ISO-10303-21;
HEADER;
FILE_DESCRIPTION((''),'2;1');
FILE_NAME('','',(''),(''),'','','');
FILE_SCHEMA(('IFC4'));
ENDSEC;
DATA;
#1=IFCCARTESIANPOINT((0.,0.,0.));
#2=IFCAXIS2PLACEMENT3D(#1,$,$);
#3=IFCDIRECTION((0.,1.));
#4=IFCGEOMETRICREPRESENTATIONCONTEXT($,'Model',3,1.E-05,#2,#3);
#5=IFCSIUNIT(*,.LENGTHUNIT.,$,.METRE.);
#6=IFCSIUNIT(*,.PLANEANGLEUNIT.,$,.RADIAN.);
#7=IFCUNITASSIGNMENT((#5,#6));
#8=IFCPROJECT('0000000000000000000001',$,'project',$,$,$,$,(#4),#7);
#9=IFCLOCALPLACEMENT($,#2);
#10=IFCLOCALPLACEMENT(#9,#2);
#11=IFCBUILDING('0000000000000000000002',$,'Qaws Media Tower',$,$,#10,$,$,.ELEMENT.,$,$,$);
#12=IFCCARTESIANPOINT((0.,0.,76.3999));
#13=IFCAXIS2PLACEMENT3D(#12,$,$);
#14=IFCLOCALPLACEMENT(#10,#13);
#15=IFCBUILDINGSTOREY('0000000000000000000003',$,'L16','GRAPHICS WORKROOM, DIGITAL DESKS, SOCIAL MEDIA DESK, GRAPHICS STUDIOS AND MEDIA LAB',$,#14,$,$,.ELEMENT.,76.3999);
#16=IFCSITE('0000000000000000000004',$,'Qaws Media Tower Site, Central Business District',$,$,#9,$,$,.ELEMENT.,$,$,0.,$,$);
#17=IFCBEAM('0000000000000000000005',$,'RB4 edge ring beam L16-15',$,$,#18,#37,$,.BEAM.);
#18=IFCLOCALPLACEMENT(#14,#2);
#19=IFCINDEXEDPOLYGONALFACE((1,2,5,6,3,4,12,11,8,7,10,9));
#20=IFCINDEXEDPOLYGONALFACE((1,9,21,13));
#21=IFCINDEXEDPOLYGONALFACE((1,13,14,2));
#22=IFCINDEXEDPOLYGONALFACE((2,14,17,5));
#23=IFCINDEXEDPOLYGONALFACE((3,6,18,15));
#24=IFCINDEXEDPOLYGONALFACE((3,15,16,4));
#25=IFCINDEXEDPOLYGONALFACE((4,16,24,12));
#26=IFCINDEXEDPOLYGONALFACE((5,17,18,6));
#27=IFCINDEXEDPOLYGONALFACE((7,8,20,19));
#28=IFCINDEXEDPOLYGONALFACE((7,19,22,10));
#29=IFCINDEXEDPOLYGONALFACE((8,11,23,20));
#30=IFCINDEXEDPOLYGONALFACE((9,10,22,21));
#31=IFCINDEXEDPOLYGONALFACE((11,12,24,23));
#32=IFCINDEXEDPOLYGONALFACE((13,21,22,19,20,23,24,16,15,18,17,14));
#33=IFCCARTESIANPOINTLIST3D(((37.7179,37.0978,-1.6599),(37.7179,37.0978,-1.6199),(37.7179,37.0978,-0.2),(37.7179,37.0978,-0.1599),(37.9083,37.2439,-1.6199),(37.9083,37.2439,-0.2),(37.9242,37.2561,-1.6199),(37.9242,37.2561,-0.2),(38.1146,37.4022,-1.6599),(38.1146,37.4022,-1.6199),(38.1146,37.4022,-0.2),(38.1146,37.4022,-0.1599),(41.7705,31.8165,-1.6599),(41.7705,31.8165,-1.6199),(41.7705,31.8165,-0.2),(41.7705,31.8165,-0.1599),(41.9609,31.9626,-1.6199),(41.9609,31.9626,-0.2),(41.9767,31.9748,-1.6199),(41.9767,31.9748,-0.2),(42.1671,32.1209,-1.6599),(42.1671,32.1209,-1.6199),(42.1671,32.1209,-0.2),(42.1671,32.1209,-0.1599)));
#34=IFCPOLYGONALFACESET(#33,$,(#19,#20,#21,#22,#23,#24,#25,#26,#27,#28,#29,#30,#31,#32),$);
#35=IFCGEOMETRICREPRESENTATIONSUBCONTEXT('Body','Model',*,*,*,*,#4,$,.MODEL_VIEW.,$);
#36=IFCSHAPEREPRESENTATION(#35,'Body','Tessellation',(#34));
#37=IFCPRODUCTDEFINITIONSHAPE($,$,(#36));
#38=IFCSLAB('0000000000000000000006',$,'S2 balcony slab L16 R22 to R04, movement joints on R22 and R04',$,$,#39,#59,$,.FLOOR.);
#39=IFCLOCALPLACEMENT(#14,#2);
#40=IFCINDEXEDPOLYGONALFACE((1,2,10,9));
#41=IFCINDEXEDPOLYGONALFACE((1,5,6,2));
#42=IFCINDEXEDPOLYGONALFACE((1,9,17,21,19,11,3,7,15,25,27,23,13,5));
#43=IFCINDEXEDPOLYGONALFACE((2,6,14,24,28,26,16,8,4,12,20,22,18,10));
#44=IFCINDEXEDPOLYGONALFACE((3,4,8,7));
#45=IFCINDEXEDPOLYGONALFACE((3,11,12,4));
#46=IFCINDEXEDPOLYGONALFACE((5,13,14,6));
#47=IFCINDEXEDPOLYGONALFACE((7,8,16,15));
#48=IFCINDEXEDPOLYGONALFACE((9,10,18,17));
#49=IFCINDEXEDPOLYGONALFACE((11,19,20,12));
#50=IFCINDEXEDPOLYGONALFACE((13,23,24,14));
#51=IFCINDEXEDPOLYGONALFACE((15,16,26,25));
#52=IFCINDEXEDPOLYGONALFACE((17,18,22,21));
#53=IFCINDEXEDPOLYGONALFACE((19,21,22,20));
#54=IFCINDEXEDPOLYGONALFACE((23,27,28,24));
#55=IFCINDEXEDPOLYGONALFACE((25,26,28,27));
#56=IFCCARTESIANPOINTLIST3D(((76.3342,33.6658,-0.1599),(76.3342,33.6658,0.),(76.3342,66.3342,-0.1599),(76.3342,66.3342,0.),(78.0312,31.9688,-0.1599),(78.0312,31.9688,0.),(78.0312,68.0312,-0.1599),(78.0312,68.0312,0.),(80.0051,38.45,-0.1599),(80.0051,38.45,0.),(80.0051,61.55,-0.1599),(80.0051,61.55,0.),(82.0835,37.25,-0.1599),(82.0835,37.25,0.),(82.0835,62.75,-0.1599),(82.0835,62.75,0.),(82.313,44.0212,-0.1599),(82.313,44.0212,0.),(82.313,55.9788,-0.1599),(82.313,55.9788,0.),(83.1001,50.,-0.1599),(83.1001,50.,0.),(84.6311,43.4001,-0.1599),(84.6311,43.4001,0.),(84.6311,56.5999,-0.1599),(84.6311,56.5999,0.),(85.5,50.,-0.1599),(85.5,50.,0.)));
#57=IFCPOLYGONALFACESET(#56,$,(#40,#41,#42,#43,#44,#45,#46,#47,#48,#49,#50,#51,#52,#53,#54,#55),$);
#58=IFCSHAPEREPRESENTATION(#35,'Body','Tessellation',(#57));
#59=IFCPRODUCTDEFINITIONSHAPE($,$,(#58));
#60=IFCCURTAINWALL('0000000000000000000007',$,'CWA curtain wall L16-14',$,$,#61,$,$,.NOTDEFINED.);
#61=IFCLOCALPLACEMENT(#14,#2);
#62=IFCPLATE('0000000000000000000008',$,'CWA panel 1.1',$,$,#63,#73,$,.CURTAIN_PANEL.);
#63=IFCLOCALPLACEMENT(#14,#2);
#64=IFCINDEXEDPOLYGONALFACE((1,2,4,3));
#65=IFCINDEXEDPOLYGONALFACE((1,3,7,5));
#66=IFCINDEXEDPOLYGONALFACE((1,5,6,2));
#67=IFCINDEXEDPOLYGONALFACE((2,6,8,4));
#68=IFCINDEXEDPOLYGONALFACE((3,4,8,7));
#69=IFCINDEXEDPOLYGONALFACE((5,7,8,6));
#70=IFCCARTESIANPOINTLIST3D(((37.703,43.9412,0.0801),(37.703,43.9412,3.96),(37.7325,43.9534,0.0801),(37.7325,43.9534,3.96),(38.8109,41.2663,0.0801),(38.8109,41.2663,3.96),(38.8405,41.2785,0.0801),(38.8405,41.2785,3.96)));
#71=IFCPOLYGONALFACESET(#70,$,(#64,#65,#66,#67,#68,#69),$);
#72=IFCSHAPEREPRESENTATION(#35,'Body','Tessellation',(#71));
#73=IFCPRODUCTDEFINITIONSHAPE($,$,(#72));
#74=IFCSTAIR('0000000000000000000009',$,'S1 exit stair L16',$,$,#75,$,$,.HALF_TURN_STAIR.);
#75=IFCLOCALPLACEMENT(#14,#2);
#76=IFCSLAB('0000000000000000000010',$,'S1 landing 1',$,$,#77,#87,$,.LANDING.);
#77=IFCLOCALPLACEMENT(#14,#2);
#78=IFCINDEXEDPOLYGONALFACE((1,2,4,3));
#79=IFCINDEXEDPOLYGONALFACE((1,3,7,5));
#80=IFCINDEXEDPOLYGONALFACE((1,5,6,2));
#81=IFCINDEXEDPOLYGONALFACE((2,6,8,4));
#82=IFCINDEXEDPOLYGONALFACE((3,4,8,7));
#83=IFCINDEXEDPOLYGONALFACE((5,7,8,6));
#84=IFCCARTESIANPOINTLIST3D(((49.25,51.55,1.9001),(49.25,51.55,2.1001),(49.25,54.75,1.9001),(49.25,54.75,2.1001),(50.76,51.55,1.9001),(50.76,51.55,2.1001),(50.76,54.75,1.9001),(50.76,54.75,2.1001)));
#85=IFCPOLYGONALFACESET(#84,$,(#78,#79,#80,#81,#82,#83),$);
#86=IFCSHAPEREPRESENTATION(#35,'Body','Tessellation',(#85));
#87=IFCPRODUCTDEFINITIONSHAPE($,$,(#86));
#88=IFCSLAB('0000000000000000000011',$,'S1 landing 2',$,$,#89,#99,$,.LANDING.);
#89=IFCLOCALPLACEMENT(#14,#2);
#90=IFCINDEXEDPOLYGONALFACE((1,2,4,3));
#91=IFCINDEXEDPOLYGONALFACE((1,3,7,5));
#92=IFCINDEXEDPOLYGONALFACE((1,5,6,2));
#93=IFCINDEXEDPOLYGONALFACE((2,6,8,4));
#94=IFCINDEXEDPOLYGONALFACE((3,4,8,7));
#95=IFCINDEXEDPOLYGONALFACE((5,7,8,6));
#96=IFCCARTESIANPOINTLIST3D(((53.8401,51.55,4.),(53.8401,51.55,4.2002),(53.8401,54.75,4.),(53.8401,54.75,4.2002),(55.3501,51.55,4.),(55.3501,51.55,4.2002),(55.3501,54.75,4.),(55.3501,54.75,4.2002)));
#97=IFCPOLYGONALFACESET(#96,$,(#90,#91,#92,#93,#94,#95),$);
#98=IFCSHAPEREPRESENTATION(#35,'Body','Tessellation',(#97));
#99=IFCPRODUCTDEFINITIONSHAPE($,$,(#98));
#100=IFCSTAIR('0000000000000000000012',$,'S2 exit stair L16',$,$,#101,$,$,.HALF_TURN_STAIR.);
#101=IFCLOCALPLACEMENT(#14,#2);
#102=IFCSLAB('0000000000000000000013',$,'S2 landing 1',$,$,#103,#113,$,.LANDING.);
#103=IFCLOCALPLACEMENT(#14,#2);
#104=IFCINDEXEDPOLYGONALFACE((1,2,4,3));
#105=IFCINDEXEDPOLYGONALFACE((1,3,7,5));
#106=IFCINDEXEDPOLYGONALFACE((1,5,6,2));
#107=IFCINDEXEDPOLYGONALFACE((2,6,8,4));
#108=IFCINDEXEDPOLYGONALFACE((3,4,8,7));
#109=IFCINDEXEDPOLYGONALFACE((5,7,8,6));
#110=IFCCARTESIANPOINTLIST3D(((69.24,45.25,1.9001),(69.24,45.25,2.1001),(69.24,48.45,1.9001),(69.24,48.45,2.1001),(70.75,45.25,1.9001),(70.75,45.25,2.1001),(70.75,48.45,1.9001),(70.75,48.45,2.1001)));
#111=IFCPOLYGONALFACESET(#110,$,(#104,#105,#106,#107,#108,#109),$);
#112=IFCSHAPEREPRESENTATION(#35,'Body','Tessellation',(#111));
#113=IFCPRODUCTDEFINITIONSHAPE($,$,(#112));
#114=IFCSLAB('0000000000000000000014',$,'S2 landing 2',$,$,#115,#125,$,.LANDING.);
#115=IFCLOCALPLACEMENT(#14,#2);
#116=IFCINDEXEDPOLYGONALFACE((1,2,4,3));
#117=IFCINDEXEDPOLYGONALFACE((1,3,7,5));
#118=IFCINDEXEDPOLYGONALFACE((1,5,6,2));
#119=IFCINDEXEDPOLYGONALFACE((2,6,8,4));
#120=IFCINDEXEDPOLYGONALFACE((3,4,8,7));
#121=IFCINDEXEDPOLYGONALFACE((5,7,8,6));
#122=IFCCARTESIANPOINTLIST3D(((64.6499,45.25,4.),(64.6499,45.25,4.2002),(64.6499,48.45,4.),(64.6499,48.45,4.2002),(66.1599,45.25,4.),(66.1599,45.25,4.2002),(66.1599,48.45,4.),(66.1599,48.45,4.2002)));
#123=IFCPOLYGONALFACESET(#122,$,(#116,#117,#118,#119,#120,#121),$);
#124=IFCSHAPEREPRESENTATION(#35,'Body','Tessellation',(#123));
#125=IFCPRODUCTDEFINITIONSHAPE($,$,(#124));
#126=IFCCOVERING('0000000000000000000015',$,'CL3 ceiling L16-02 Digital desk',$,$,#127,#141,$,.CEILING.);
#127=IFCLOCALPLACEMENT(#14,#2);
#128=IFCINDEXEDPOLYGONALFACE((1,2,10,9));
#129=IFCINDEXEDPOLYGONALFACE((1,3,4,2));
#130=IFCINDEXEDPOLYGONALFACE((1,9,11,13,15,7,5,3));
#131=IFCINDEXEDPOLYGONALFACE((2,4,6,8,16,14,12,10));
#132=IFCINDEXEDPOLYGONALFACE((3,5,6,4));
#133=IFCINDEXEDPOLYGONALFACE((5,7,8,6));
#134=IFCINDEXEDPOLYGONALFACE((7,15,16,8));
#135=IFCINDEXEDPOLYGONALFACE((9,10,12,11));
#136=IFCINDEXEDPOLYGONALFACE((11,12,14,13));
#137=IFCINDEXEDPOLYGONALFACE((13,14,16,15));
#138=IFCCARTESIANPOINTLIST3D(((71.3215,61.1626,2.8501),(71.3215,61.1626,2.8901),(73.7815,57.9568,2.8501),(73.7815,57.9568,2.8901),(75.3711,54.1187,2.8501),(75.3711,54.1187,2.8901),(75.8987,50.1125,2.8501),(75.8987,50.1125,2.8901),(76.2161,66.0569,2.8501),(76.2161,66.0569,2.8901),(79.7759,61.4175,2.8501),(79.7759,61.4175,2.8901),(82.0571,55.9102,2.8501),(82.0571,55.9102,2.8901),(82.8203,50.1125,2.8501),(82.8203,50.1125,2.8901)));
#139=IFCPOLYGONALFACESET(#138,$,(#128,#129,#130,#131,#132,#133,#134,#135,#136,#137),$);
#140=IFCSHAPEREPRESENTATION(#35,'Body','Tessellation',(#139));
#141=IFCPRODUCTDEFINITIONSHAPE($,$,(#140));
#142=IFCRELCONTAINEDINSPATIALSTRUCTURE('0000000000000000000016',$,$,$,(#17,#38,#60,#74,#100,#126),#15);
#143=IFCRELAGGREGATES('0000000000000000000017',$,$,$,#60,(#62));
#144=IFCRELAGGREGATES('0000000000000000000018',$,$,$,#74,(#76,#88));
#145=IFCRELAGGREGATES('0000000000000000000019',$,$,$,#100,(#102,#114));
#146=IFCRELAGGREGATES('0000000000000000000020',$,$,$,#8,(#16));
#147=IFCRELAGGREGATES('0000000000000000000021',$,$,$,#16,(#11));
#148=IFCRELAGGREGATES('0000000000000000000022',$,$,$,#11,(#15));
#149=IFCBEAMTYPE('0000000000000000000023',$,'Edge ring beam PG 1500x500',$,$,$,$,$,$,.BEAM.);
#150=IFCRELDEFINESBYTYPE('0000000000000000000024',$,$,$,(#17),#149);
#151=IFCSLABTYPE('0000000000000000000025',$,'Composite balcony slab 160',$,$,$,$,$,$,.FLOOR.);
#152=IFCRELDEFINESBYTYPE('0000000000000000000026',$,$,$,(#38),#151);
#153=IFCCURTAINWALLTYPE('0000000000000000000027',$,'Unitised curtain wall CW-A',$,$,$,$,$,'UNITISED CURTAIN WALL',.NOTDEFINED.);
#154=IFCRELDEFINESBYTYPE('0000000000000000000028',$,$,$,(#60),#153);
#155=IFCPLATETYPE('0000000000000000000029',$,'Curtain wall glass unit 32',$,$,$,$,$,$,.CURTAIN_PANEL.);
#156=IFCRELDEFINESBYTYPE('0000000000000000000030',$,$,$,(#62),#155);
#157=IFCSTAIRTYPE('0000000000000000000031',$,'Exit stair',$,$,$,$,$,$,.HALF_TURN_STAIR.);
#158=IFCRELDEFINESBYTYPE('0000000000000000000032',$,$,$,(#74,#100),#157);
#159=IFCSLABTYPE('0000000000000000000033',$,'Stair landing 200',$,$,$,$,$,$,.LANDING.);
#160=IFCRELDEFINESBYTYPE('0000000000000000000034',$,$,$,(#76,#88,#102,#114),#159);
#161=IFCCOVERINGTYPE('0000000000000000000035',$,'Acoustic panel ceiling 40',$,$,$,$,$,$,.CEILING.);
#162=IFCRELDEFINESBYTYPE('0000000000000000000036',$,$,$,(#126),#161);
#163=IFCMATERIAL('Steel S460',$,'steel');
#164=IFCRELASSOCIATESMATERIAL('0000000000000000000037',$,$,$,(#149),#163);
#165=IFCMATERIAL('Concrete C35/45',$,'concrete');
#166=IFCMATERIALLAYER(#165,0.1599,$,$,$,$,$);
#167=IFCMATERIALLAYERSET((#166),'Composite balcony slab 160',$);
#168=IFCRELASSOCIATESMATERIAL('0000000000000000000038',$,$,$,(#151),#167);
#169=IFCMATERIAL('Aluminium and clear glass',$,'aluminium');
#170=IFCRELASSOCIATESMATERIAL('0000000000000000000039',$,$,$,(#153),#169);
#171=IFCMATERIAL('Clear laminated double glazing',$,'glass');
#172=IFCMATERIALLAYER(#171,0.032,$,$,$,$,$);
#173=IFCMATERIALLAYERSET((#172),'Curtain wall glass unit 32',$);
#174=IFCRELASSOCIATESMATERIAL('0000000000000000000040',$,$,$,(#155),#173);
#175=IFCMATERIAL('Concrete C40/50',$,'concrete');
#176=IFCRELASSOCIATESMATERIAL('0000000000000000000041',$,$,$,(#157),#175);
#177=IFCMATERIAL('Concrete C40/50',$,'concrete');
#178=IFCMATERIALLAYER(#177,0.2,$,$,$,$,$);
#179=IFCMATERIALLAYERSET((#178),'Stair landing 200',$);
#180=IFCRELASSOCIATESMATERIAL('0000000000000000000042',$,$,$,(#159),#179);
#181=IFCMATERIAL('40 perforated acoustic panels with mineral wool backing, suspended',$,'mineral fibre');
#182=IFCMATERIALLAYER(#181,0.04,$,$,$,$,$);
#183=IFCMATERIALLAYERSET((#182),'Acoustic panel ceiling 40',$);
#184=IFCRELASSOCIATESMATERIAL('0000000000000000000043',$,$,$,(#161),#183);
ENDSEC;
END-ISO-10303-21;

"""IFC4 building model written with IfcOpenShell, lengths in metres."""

from ifc_helpers import new_model, si_unit, direction, frame, origin, origin_2d, place, context, subcontext, project, spatial, polyline, rectangle, i_section, outline, extrude, material, layer, layer_set, material_profile, profile_set, type_object, element, aggregate, save


model = new_model("IFC4")

# Units and contexts
model_context = context("Model", 3, precision=1e-05, world=origin(), true_north=direction((0.0, 1.0)))
body_context = subcontext(model_context, "Body", "Model", "MODEL_VIEW")
ifc_project = project(units=[si_unit("LENGTHUNIT", "METRE"), si_unit("PLANEANGLEUNIT", "RADIAN")], contexts=[model_context])

# Site, building, storey
site_placement = place(None, origin())
site = spatial("IfcSite", under=ifc_project, at=site_placement, Name="Qaws Media Tower Site, Central Business District", CompositionType="ELEMENT", RefElevation=0.0)
building_placement = place(site_placement, origin())
building = spatial("IfcBuilding", under=site, at=building_placement, Name="Qaws Media Tower", CompositionType="ELEMENT")
storey_placement = place(building_placement, frame((0.0, 0.0, 76.3999)))
storey = spatial("IfcBuildingStorey", under=building, at=storey_placement, Name="L16", Description="GRAPHICS WORKROOM, DIGITAL DESKS, SOCIAL MEDIA DESK, GRAPHICS STUDIOS AND MEDIA LAB", CompositionType="ELEMENT", Elevation=76.3999)

# Beam
ifc_material_1 = material(Name="Steel S460", Category="steel")
ifc_material_profile_1 = material_profile(ifc_material_1, i_section(OverallWidth=0.5, OverallDepth=1.5, WebThickness=0.02, FlangeThickness=0.04, at=origin_2d()), Name="PG 1500x500")
ifc_profile_set_1 = profile_set([ifc_material_profile_1], Name="Steel S460")
beam_type = type_object("IfcBeamType", Name="Edge ring beam PG 1500x500", PredefinedType="BEAM", material=ifc_profile_set_1)
beam_1_placement = place(storey_placement, frame((37.9163, 37.25, -0.9099), z_axis=(0.608766, -0.79335, 0.0), x_axis=(0.79335, 0.608766, 0.0)))
element("IfcBeam", 1, at=beam_1_placement, inside=storey, type_object=beam_type, Name="RB4 edge ring beam L16-15", PredefinedType="BEAM", context=body_context, shape_type="SweptSolid", body=[
    extrude(i_section(OverallWidth=0.5, OverallDepth=1.5, WebThickness=0.02, FlangeThickness=0.04, at=origin_2d()), origin(), (0.0, 0.0, 1.0), 6.657),
])

# Slab
ifc_material_2 = material(Name="Concrete C35/45", Category="concrete")
ifc_layer_1 = layer(ifc_material_2, 0.1599)
ifc_layer_set_1 = layer_set([ifc_layer_1], Name="Composite balcony slab 160")
slab_type_1 = type_object("IfcSlabType", Name="Composite balcony slab 160", PredefinedType="FLOOR", material=ifc_layer_set_1)
slab_1_placement = place(storey_placement, frame((0.0, 0.0, -0.1599)))
element("IfcSlab", 2, at=slab_1_placement, inside=storey, type_object=slab_type_1, Name="S2 balcony slab L16 R22 to R04, movement joints on R22 and R04", PredefinedType="FLOOR", context=body_context, shape_type="SweptSolid", body=[
    extrude(outline(polyline([(82.0835, 37.25), (78.0312, 31.9688), (76.3342, 33.6658), (80.0051, 38.45), (82.313, 44.0212), (83.1001, 50.0), (82.313, 55.9788), (80.0051, 61.55), (76.3342, 66.3342), (78.0312, 68.0312), (82.0835, 62.75), (84.6311, 56.5999), (85.5, 50.0), (84.6311, 43.4001), (82.0835, 37.25)])), origin(), (0.0, 0.0, 1.0), 0.1599),
])

# Curtain wall, plate
ifc_material_3 = material(Name="Aluminium and clear glass", Category="aluminium")
curtain_wall_type = type_object("IfcCurtainWallType", Name="Unitised curtain wall CW-A", ElementType="UNITISED CURTAIN WALL", PredefinedType="NOTDEFINED", material=ifc_material_3)
curtain_wall_placement = place(storey_placement, origin())
curtain_wall = element("IfcCurtainWall", 3, at=curtain_wall_placement, inside=storey, type_object=curtain_wall_type, Name="CWA curtain wall L16-14", PredefinedType="NOTDEFINED")
ifc_material_4 = material(Name="Clear laminated double glazing", Category="glass")
ifc_layer_2 = layer(ifc_material_4, 0.032)
ifc_layer_set_2 = layer_set([ifc_layer_2], Name="Curtain wall glass unit 32")
plate_type = type_object("IfcPlateType", Name="Curtain wall glass unit 32", PredefinedType="CURTAIN_PANEL", material=ifc_layer_set_2)
plate_placement = place(storey_placement, frame((38.2717, 42.6099, 0.0801), z_axis=(0.0, 0.0, 1.0), x_axis=(0.382683, -0.92388, 0.0)))
plate = element("IfcPlate", 4, at=plate_placement, type_object=plate_type, Name="CWA panel 1.1", PredefinedType="CURTAIN_PANEL", context=body_context, shape_type="SweptSolid", body=[
    extrude(rectangle(XDim=2.8953, YDim=0.032, at=origin_2d()), origin(), (0.0, 0.0, 1.0), 3.8799),
])
aggregate(curtain_wall, [plate])

# Stairs, slabs
ifc_material_5 = material(Name="Concrete C40/50", Category="concrete")
stair_type = type_object("IfcStairType", Name="Exit stair", PredefinedType="HALF_TURN_STAIR", material=ifc_material_5)
stair_1_placement = place(storey_placement, origin())
stair_1 = element("IfcStair", 5, at=stair_1_placement, inside=storey, type_object=stair_type, Name="S1 exit stair L16", PredefinedType="HALF_TURN_STAIR")
ifc_material_6 = material(Name="Concrete C40/50", Category="concrete")
ifc_layer_3 = layer(ifc_material_6, 0.2)
ifc_layer_set_3 = layer_set([ifc_layer_3], Name="Stair landing 200")
slab_type_2 = type_object("IfcSlabType", Name="Stair landing 200", PredefinedType="LANDING", material=ifc_layer_set_3)
slab_2_placement = place(storey_placement, frame((0.0, 0.0, 1.9001)))
slab_2 = element("IfcSlab", 6, at=slab_2_placement, type_object=slab_type_2, Name="S1 landing 1", PredefinedType="LANDING", context=body_context, shape_type="SweptSolid", body=[
    extrude(outline(polyline([(49.25, 51.55), (50.76, 51.55), (50.76, 54.75), (49.25, 54.75), (49.25, 51.55)])), origin(), (0.0, 0.0, 1.0), 0.2),
])
slab_3_placement = place(storey_placement, frame((0.0, 0.0, 4.0)))
slab_3 = element("IfcSlab", 7, at=slab_3_placement, type_object=slab_type_2, Name="S1 landing 2", PredefinedType="LANDING", context=body_context, shape_type="SweptSolid", body=[
    extrude(outline(polyline([(53.8401, 51.55), (55.3501, 51.55), (55.3501, 54.75), (53.8401, 54.75), (53.8401, 51.55)])), origin(), (0.0, 0.0, 1.0), 0.2002),
])
aggregate(stair_1, [slab_2, slab_3])
stair_2_placement = place(storey_placement, origin())
stair_2 = element("IfcStair", 8, at=stair_2_placement, inside=storey, type_object=stair_type, Name="S2 exit stair L16", PredefinedType="HALF_TURN_STAIR")
slab_4_placement = place(storey_placement, frame((0.0, 0.0, 1.9001)))
slab_4 = element("IfcSlab", 9, at=slab_4_placement, type_object=slab_type_2, Name="S2 landing 1", PredefinedType="LANDING", context=body_context, shape_type="SweptSolid", body=[
    extrude(outline(polyline([(69.24, 45.25), (70.75, 45.25), (70.75, 48.45), (69.24, 48.45), (69.24, 45.25)])), origin(), (0.0, 0.0, 1.0), 0.2),
])
slab_5_placement = place(storey_placement, frame((0.0, 0.0, 4.0)))
slab_5 = element("IfcSlab", 10, at=slab_5_placement, type_object=slab_type_2, Name="S2 landing 2", PredefinedType="LANDING", context=body_context, shape_type="SweptSolid", body=[
    extrude(outline(polyline([(64.6499, 45.25), (66.1599, 45.25), (66.1599, 48.45), (64.6499, 48.45), (64.6499, 45.25)])), origin(), (0.0, 0.0, 1.0), 0.2002),
])
aggregate(stair_2, [slab_4, slab_5])

# Covering
ifc_material_7 = material(Name="40 perforated acoustic panels with mineral wool backing, suspended", Category="mineral fibre")
ifc_layer_4 = layer(ifc_material_7, 0.04)
ifc_layer_set_4 = layer_set([ifc_layer_4], Name="Acoustic panel ceiling 40")
covering_type_1 = type_object("IfcCoveringType", Name="Acoustic panel ceiling 40", PredefinedType="CEILING", material=ifc_layer_set_4)
covering_1_placement = place(storey_placement, frame((0.0, 0.0, 2.8501)))
element("IfcCovering", 11, at=covering_1_placement, inside=storey, type_object=covering_type_1, Name="CL3 ceiling L16-02 Digital desk", PredefinedType="CEILING", context=body_context, shape_type="SweptSolid", body=[
    extrude(outline(polyline([(79.7759, 61.4175), (82.0571, 55.9102), (82.8203, 50.1125), (75.8987, 50.1125), (75.3711, 54.1187), (73.7815, 57.9568), (71.3215, 61.1626), (76.2161, 66.0569), (79.7759, 61.4175)])), origin(), (0.0, 0.0, 1.0), 0.04),
])

save(model, "model.ifc")
